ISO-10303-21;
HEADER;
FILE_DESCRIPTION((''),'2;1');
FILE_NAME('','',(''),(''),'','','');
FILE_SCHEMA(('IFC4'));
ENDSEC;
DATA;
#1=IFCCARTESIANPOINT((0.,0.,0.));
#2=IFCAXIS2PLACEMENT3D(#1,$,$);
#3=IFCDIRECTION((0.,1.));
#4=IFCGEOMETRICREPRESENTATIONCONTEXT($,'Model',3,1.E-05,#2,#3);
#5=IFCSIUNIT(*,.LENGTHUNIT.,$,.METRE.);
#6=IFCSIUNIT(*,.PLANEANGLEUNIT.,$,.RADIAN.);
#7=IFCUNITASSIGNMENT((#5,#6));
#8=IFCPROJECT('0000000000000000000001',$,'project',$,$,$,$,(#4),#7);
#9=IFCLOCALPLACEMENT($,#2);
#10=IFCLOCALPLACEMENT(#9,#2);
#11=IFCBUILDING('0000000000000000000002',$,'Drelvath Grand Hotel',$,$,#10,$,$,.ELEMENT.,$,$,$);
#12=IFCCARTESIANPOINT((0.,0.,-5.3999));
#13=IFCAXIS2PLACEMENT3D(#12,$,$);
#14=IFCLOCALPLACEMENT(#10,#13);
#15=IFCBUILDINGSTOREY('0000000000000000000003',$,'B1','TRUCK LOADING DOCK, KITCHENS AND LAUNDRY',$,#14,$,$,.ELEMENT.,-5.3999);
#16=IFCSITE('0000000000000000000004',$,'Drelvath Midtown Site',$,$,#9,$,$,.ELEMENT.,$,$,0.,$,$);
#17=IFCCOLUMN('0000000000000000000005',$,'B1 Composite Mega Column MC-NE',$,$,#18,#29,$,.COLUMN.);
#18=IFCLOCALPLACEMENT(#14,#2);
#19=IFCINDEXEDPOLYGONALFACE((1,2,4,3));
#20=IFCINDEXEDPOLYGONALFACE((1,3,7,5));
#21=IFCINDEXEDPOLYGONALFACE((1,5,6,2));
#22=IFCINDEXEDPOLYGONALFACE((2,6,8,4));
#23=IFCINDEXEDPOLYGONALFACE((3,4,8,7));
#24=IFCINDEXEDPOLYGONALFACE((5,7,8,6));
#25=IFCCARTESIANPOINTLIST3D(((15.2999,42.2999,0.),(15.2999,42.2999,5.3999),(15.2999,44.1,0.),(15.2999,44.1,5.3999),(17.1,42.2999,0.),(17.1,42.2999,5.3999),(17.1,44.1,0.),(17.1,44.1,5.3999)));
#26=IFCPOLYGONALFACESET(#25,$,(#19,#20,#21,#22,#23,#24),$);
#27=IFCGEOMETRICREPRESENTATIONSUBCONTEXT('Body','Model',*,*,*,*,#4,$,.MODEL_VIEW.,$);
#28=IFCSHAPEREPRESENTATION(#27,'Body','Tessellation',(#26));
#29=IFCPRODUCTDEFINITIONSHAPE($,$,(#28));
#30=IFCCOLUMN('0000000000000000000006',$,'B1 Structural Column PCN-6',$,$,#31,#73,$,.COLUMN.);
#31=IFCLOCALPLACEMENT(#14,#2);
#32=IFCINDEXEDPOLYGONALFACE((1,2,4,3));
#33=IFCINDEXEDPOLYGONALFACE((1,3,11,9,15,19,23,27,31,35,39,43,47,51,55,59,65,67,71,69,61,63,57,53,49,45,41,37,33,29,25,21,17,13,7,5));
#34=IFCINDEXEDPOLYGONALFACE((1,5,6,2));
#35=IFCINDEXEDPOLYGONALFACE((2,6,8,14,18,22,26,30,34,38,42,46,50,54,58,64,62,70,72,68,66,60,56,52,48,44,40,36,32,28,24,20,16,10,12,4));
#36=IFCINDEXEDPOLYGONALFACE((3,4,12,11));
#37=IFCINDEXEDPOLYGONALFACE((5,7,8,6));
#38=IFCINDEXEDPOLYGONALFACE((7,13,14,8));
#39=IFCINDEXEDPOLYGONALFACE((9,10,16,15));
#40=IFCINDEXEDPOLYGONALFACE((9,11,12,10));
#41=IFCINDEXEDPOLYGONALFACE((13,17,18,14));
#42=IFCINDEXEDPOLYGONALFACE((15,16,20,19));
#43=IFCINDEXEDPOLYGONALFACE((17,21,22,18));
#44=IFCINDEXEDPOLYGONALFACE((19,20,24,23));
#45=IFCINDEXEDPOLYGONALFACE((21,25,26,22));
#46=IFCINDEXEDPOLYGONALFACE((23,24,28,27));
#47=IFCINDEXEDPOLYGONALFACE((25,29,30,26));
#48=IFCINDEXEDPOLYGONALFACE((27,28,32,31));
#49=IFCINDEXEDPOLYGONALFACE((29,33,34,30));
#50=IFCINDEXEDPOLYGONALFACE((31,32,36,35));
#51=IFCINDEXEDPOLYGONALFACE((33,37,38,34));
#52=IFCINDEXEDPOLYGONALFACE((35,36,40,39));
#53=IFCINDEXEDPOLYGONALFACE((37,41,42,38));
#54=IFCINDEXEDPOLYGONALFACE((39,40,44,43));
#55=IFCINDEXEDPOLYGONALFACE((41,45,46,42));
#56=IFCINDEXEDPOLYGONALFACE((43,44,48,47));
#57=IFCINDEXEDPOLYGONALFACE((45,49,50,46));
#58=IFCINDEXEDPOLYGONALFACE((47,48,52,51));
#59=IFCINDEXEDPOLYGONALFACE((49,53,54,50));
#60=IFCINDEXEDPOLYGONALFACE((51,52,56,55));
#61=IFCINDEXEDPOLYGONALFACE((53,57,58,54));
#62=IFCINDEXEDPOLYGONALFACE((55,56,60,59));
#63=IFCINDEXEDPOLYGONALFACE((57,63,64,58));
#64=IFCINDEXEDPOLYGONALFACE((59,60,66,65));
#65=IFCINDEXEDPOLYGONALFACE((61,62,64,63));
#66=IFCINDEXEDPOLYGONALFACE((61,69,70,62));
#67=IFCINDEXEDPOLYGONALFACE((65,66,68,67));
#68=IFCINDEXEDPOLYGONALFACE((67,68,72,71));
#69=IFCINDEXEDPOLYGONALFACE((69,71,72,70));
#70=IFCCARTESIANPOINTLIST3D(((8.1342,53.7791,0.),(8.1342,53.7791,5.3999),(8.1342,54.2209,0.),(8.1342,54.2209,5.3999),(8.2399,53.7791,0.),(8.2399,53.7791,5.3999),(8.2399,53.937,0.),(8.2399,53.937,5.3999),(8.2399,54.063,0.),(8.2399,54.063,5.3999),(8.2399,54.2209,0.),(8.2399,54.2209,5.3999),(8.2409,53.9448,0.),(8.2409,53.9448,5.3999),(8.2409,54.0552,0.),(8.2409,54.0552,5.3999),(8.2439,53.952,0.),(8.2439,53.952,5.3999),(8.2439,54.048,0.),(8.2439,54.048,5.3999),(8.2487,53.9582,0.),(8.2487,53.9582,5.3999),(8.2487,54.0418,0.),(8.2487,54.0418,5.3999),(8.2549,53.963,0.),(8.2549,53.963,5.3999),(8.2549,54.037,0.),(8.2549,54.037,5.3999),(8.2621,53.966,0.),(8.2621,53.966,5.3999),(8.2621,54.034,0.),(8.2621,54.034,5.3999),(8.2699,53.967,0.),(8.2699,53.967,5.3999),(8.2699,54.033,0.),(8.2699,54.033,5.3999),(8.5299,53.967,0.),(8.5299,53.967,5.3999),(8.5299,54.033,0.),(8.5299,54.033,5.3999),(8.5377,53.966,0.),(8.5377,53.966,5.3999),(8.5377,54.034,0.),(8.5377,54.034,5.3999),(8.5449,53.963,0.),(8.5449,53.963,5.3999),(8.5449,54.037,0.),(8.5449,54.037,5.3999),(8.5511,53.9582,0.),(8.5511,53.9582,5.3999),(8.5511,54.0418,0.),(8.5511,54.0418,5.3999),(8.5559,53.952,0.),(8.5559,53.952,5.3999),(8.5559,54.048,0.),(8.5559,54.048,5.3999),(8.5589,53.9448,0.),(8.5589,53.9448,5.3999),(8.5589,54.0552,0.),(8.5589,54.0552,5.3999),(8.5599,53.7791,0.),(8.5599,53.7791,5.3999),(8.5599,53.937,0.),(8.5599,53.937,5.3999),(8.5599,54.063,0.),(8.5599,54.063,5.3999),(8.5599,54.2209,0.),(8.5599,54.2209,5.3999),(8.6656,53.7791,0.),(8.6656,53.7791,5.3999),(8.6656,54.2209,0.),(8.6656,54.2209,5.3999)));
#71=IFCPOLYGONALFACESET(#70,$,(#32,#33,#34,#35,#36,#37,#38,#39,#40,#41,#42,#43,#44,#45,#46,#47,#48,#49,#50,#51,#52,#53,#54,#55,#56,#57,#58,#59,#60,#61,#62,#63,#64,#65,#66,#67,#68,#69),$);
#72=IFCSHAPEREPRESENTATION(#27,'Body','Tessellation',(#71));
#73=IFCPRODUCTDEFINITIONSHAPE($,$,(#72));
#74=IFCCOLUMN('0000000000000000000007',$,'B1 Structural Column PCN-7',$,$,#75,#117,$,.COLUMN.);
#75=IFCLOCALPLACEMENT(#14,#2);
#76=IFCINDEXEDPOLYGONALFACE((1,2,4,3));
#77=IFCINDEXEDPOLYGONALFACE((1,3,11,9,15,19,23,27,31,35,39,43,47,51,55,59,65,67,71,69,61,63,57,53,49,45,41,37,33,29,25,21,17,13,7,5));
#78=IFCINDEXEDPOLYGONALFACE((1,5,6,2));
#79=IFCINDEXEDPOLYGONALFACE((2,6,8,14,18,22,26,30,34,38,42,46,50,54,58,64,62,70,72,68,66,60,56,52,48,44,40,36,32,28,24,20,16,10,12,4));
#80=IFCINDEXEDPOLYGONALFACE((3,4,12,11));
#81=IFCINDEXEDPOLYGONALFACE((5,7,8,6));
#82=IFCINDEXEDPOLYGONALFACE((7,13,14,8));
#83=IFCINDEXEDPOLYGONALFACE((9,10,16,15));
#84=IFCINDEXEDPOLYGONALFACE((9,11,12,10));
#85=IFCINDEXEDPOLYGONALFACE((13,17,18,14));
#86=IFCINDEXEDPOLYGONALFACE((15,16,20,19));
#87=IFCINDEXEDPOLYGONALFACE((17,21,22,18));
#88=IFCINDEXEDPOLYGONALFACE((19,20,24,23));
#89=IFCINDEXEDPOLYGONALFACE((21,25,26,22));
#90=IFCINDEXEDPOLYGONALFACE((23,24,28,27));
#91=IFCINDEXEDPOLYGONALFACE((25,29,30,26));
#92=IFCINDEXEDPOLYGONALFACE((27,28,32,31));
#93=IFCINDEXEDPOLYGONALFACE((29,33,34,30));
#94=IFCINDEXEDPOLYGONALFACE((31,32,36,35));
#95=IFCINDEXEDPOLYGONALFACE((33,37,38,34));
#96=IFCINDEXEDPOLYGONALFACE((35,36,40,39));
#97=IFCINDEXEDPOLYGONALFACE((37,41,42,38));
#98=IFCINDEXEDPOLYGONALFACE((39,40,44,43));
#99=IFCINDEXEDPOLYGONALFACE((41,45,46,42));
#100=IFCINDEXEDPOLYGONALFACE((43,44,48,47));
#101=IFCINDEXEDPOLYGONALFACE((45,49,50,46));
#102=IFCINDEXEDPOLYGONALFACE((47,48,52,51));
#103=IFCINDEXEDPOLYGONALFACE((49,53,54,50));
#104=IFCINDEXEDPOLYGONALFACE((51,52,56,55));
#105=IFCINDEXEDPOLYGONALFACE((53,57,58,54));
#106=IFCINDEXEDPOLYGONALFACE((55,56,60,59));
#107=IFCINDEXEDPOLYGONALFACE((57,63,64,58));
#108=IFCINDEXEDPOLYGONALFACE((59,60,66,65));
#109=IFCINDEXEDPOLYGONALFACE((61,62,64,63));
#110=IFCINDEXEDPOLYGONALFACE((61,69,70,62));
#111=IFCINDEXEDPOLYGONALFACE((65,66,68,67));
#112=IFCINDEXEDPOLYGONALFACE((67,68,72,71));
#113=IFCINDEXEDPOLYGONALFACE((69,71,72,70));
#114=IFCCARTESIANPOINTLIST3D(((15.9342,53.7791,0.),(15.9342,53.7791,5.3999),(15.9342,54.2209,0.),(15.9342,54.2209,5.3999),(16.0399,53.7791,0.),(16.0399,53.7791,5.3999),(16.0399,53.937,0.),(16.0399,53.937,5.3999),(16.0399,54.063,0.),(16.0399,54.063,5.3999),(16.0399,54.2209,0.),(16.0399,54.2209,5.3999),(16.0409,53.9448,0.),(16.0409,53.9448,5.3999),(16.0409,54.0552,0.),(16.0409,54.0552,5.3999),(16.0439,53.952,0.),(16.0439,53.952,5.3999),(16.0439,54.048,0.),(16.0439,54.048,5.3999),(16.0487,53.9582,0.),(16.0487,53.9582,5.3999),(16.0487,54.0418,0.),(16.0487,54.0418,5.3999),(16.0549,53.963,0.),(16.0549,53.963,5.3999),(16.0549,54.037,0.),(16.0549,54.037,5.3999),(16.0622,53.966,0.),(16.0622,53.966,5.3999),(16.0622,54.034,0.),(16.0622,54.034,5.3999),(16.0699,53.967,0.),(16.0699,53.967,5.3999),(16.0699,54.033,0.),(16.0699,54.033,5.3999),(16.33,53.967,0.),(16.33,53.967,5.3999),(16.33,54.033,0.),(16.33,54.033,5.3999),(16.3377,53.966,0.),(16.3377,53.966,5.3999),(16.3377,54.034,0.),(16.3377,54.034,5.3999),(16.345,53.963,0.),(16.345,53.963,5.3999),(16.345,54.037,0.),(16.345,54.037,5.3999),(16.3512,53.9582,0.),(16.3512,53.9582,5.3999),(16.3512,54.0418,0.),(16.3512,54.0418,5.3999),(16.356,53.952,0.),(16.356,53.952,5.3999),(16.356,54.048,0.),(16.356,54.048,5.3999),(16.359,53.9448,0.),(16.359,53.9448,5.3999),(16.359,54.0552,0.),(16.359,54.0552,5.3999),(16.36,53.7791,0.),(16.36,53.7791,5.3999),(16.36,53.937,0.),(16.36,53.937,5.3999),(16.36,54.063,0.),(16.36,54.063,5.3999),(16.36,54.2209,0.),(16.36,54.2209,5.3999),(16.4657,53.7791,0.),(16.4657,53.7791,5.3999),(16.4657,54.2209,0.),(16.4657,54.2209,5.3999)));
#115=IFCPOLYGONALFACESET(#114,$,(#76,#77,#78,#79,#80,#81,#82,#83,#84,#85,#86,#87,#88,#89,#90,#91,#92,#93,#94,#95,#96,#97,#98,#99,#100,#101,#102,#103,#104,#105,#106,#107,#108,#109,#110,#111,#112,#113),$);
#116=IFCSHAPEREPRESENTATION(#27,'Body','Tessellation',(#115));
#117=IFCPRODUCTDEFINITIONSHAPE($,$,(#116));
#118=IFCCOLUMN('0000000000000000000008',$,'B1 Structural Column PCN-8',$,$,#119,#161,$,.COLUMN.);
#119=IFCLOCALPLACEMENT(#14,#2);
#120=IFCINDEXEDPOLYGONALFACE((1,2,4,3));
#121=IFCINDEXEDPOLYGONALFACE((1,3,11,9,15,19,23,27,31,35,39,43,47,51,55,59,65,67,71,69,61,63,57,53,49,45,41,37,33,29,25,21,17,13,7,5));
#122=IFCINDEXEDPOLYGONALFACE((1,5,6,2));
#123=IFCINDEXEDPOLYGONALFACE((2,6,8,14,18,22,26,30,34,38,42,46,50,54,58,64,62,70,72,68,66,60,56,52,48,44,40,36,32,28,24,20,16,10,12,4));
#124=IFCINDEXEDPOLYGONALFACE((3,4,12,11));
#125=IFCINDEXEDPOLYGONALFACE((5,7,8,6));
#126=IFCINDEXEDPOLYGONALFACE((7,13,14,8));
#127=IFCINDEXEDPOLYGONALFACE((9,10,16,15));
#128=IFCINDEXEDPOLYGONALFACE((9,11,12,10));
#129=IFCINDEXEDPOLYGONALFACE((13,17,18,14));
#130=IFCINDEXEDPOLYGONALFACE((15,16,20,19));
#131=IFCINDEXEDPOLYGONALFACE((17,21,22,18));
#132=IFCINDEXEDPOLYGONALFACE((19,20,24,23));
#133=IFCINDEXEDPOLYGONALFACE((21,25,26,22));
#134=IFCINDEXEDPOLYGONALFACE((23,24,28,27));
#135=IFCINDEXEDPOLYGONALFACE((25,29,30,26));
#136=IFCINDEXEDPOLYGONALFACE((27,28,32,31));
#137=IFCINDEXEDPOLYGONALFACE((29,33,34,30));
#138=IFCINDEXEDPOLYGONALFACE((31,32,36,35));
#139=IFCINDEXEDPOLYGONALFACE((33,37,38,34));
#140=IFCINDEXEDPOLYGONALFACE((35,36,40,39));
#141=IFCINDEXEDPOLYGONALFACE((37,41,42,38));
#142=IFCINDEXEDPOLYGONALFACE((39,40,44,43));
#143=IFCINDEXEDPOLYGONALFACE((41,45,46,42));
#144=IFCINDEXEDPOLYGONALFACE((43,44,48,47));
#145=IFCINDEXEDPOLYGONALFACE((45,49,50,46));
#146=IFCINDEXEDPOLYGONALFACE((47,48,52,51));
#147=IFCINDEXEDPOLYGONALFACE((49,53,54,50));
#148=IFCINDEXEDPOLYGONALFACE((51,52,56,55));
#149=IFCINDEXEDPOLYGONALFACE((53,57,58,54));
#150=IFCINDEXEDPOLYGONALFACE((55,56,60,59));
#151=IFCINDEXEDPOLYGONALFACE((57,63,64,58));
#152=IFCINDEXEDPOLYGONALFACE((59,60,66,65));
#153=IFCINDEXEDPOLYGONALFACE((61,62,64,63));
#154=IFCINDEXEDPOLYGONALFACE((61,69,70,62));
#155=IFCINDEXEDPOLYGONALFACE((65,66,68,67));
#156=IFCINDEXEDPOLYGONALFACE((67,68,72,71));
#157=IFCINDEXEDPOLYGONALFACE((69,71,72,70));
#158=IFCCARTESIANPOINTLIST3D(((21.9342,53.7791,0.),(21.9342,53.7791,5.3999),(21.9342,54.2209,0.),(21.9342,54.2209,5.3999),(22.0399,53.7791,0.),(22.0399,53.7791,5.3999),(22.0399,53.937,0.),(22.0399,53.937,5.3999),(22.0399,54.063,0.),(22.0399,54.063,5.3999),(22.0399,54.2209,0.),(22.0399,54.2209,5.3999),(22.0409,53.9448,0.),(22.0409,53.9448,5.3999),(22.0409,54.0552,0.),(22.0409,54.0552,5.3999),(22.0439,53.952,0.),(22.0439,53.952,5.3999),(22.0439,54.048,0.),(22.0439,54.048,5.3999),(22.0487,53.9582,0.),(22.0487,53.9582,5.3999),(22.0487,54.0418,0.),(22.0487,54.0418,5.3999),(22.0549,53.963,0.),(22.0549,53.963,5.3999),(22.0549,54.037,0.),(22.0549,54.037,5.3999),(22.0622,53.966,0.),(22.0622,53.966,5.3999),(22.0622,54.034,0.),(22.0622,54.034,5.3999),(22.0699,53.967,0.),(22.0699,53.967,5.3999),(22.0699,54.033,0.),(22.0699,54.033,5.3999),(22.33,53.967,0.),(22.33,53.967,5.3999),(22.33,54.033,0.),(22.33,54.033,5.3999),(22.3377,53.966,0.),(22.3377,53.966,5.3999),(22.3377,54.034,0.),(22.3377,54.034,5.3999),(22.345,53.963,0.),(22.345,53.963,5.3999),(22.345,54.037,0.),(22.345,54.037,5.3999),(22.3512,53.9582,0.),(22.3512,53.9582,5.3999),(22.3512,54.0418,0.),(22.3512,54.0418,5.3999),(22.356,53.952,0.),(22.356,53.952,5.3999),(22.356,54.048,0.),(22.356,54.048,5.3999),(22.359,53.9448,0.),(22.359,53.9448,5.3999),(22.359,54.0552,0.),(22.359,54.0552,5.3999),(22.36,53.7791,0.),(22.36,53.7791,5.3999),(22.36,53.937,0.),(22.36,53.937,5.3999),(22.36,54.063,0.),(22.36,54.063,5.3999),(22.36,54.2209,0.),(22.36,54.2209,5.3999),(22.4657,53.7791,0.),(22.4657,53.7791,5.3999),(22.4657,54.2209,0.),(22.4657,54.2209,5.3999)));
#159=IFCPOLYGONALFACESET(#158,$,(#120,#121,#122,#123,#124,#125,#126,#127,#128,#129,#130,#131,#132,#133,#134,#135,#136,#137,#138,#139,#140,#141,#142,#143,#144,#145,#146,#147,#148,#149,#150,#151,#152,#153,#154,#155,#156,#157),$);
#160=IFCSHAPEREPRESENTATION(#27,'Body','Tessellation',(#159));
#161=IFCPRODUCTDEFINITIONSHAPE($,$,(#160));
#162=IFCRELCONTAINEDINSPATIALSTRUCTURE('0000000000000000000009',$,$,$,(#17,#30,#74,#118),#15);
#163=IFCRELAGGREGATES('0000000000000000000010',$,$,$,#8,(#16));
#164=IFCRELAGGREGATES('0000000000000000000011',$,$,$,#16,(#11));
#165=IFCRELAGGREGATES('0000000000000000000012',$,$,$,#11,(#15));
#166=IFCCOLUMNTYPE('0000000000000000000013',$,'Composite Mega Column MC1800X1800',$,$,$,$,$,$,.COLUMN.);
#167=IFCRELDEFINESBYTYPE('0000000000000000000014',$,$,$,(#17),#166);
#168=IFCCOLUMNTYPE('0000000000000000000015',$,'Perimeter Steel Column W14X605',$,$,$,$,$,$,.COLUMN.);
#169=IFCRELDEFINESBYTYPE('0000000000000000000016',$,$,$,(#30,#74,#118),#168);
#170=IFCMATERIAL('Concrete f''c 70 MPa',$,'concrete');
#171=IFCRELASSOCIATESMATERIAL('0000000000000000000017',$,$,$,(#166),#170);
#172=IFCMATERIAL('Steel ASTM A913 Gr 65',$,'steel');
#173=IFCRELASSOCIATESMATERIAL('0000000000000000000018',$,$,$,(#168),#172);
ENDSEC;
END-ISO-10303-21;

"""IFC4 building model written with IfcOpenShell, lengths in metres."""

from ifc_helpers import new_model, si_unit, direction, frame, origin, origin_2d, place, context, subcontext, project, spatial, rectangle, i_section, extrude, material, material_profile, profile_set, type_object, element, save


model = new_model("IFC4")

# Units and contexts
model_context = context("Model", 3, precision=1e-05, world=origin(), true_north=direction((0.0, 1.0)))
body_context = subcontext(model_context, "Body", "Model", "MODEL_VIEW")
ifc_project = project(units=[si_unit("LENGTHUNIT", "METRE"), si_unit("PLANEANGLEUNIT", "RADIAN")], contexts=[model_context])

# Site, building, storey
site_placement = place(None, origin())
site = spatial("IfcSite", under=ifc_project, at=site_placement, Name="Drelvath Midtown Site", CompositionType="ELEMENT", RefElevation=0.0)
building_placement = place(site_placement, origin())
building = spatial("IfcBuilding", under=site, at=building_placement, Name="Drelvath Grand Hotel", CompositionType="ELEMENT")
storey_placement = place(building_placement, frame((0.0, 0.0, -5.3999)))
storey = spatial("IfcBuildingStorey", under=building, at=storey_placement, Name="B1", Description="TRUCK LOADING DOCK, KITCHENS AND LAUNDRY", CompositionType="ELEMENT", Elevation=-5.3999)

# Columns
ifc_material_1 = material(Name="Concrete f'c 70 MPa", Category="concrete")
ifc_material_profile_1 = material_profile(ifc_material_1, rectangle(XDim=1.8, YDim=1.8, at=origin_2d()), Name="MC1800X1800")
ifc_profile_set_1 = profile_set([ifc_material_profile_1], Name="Concrete f'c 70 MPa")
column_type_1 = type_object("IfcColumnType", Name="Composite Mega Column MC1800X1800", PredefinedType="COLUMN", material=ifc_profile_set_1)
column_1_placement = place(storey_placement, frame((16.2, 43.2, 0.0), z_axis=(0.0, 0.0, 1.0), x_axis=(1.0, 0.0, 0.0)))
element("IfcColumn", 1, at=column_1_placement, inside=storey, type_object=column_type_1, Name="B1 Composite Mega Column MC-NE", PredefinedType="COLUMN", context=body_context, shape_type="SweptSolid", body=[
    extrude(rectangle(XDim=1.8, YDim=1.8, at=origin_2d()), origin(), (0.0, 0.0, 1.0), 5.3999),
])
ifc_material_2 = material(Name="Steel ASTM A913 Gr 65", Category="steel")
ifc_material_profile_2 = material_profile(ifc_material_2, i_section(OverallWidth=0.4419, OverallDepth=0.5315, WebThickness=0.0659, FlangeThickness=0.1057, FilletRadius=0.03, at=origin_2d()), Name="W14X605")
ifc_profile_set_2 = profile_set([ifc_material_profile_2], Name="Steel ASTM A913 Gr 65")
column_type_2 = type_object("IfcColumnType", Name="Perimeter Steel Column W14X605", PredefinedType="COLUMN", material=ifc_profile_set_2)
for number, where, z_axis, x_axis, name in (
    (2, (8.3999, 54.0, 0.0), (0.0, 0.0, 1.0), (0.0, 1.0, 0.0), "B1 Structural Column PCN-6"),
    (3, (16.2, 54.0, 0.0), (0.0, 0.0, 1.0), (0.0, 1.0, 0.0), "B1 Structural Column PCN-7"),
    (4, (22.2, 54.0, 0.0), (0.0, 0.0, 1.0), (0.0, 1.0, 0.0), "B1 Structural Column PCN-8"),
):
    element("IfcColumn", number, at=place(storey_placement, frame(where, z_axis=z_axis, x_axis=x_axis)), inside=storey, type_object=column_type_2, Name=name, PredefinedType="COLUMN", context=body_context, shape_type="SweptSolid", body=[
        extrude(i_section(OverallWidth=0.4419, OverallDepth=0.5315, WebThickness=0.0659, FlangeThickness=0.1057, FilletRadius=0.03, at=origin_2d()), origin(), (0.0, 0.0, 1.0), 5.3999),
    ])

save(model, "model.ifc")
